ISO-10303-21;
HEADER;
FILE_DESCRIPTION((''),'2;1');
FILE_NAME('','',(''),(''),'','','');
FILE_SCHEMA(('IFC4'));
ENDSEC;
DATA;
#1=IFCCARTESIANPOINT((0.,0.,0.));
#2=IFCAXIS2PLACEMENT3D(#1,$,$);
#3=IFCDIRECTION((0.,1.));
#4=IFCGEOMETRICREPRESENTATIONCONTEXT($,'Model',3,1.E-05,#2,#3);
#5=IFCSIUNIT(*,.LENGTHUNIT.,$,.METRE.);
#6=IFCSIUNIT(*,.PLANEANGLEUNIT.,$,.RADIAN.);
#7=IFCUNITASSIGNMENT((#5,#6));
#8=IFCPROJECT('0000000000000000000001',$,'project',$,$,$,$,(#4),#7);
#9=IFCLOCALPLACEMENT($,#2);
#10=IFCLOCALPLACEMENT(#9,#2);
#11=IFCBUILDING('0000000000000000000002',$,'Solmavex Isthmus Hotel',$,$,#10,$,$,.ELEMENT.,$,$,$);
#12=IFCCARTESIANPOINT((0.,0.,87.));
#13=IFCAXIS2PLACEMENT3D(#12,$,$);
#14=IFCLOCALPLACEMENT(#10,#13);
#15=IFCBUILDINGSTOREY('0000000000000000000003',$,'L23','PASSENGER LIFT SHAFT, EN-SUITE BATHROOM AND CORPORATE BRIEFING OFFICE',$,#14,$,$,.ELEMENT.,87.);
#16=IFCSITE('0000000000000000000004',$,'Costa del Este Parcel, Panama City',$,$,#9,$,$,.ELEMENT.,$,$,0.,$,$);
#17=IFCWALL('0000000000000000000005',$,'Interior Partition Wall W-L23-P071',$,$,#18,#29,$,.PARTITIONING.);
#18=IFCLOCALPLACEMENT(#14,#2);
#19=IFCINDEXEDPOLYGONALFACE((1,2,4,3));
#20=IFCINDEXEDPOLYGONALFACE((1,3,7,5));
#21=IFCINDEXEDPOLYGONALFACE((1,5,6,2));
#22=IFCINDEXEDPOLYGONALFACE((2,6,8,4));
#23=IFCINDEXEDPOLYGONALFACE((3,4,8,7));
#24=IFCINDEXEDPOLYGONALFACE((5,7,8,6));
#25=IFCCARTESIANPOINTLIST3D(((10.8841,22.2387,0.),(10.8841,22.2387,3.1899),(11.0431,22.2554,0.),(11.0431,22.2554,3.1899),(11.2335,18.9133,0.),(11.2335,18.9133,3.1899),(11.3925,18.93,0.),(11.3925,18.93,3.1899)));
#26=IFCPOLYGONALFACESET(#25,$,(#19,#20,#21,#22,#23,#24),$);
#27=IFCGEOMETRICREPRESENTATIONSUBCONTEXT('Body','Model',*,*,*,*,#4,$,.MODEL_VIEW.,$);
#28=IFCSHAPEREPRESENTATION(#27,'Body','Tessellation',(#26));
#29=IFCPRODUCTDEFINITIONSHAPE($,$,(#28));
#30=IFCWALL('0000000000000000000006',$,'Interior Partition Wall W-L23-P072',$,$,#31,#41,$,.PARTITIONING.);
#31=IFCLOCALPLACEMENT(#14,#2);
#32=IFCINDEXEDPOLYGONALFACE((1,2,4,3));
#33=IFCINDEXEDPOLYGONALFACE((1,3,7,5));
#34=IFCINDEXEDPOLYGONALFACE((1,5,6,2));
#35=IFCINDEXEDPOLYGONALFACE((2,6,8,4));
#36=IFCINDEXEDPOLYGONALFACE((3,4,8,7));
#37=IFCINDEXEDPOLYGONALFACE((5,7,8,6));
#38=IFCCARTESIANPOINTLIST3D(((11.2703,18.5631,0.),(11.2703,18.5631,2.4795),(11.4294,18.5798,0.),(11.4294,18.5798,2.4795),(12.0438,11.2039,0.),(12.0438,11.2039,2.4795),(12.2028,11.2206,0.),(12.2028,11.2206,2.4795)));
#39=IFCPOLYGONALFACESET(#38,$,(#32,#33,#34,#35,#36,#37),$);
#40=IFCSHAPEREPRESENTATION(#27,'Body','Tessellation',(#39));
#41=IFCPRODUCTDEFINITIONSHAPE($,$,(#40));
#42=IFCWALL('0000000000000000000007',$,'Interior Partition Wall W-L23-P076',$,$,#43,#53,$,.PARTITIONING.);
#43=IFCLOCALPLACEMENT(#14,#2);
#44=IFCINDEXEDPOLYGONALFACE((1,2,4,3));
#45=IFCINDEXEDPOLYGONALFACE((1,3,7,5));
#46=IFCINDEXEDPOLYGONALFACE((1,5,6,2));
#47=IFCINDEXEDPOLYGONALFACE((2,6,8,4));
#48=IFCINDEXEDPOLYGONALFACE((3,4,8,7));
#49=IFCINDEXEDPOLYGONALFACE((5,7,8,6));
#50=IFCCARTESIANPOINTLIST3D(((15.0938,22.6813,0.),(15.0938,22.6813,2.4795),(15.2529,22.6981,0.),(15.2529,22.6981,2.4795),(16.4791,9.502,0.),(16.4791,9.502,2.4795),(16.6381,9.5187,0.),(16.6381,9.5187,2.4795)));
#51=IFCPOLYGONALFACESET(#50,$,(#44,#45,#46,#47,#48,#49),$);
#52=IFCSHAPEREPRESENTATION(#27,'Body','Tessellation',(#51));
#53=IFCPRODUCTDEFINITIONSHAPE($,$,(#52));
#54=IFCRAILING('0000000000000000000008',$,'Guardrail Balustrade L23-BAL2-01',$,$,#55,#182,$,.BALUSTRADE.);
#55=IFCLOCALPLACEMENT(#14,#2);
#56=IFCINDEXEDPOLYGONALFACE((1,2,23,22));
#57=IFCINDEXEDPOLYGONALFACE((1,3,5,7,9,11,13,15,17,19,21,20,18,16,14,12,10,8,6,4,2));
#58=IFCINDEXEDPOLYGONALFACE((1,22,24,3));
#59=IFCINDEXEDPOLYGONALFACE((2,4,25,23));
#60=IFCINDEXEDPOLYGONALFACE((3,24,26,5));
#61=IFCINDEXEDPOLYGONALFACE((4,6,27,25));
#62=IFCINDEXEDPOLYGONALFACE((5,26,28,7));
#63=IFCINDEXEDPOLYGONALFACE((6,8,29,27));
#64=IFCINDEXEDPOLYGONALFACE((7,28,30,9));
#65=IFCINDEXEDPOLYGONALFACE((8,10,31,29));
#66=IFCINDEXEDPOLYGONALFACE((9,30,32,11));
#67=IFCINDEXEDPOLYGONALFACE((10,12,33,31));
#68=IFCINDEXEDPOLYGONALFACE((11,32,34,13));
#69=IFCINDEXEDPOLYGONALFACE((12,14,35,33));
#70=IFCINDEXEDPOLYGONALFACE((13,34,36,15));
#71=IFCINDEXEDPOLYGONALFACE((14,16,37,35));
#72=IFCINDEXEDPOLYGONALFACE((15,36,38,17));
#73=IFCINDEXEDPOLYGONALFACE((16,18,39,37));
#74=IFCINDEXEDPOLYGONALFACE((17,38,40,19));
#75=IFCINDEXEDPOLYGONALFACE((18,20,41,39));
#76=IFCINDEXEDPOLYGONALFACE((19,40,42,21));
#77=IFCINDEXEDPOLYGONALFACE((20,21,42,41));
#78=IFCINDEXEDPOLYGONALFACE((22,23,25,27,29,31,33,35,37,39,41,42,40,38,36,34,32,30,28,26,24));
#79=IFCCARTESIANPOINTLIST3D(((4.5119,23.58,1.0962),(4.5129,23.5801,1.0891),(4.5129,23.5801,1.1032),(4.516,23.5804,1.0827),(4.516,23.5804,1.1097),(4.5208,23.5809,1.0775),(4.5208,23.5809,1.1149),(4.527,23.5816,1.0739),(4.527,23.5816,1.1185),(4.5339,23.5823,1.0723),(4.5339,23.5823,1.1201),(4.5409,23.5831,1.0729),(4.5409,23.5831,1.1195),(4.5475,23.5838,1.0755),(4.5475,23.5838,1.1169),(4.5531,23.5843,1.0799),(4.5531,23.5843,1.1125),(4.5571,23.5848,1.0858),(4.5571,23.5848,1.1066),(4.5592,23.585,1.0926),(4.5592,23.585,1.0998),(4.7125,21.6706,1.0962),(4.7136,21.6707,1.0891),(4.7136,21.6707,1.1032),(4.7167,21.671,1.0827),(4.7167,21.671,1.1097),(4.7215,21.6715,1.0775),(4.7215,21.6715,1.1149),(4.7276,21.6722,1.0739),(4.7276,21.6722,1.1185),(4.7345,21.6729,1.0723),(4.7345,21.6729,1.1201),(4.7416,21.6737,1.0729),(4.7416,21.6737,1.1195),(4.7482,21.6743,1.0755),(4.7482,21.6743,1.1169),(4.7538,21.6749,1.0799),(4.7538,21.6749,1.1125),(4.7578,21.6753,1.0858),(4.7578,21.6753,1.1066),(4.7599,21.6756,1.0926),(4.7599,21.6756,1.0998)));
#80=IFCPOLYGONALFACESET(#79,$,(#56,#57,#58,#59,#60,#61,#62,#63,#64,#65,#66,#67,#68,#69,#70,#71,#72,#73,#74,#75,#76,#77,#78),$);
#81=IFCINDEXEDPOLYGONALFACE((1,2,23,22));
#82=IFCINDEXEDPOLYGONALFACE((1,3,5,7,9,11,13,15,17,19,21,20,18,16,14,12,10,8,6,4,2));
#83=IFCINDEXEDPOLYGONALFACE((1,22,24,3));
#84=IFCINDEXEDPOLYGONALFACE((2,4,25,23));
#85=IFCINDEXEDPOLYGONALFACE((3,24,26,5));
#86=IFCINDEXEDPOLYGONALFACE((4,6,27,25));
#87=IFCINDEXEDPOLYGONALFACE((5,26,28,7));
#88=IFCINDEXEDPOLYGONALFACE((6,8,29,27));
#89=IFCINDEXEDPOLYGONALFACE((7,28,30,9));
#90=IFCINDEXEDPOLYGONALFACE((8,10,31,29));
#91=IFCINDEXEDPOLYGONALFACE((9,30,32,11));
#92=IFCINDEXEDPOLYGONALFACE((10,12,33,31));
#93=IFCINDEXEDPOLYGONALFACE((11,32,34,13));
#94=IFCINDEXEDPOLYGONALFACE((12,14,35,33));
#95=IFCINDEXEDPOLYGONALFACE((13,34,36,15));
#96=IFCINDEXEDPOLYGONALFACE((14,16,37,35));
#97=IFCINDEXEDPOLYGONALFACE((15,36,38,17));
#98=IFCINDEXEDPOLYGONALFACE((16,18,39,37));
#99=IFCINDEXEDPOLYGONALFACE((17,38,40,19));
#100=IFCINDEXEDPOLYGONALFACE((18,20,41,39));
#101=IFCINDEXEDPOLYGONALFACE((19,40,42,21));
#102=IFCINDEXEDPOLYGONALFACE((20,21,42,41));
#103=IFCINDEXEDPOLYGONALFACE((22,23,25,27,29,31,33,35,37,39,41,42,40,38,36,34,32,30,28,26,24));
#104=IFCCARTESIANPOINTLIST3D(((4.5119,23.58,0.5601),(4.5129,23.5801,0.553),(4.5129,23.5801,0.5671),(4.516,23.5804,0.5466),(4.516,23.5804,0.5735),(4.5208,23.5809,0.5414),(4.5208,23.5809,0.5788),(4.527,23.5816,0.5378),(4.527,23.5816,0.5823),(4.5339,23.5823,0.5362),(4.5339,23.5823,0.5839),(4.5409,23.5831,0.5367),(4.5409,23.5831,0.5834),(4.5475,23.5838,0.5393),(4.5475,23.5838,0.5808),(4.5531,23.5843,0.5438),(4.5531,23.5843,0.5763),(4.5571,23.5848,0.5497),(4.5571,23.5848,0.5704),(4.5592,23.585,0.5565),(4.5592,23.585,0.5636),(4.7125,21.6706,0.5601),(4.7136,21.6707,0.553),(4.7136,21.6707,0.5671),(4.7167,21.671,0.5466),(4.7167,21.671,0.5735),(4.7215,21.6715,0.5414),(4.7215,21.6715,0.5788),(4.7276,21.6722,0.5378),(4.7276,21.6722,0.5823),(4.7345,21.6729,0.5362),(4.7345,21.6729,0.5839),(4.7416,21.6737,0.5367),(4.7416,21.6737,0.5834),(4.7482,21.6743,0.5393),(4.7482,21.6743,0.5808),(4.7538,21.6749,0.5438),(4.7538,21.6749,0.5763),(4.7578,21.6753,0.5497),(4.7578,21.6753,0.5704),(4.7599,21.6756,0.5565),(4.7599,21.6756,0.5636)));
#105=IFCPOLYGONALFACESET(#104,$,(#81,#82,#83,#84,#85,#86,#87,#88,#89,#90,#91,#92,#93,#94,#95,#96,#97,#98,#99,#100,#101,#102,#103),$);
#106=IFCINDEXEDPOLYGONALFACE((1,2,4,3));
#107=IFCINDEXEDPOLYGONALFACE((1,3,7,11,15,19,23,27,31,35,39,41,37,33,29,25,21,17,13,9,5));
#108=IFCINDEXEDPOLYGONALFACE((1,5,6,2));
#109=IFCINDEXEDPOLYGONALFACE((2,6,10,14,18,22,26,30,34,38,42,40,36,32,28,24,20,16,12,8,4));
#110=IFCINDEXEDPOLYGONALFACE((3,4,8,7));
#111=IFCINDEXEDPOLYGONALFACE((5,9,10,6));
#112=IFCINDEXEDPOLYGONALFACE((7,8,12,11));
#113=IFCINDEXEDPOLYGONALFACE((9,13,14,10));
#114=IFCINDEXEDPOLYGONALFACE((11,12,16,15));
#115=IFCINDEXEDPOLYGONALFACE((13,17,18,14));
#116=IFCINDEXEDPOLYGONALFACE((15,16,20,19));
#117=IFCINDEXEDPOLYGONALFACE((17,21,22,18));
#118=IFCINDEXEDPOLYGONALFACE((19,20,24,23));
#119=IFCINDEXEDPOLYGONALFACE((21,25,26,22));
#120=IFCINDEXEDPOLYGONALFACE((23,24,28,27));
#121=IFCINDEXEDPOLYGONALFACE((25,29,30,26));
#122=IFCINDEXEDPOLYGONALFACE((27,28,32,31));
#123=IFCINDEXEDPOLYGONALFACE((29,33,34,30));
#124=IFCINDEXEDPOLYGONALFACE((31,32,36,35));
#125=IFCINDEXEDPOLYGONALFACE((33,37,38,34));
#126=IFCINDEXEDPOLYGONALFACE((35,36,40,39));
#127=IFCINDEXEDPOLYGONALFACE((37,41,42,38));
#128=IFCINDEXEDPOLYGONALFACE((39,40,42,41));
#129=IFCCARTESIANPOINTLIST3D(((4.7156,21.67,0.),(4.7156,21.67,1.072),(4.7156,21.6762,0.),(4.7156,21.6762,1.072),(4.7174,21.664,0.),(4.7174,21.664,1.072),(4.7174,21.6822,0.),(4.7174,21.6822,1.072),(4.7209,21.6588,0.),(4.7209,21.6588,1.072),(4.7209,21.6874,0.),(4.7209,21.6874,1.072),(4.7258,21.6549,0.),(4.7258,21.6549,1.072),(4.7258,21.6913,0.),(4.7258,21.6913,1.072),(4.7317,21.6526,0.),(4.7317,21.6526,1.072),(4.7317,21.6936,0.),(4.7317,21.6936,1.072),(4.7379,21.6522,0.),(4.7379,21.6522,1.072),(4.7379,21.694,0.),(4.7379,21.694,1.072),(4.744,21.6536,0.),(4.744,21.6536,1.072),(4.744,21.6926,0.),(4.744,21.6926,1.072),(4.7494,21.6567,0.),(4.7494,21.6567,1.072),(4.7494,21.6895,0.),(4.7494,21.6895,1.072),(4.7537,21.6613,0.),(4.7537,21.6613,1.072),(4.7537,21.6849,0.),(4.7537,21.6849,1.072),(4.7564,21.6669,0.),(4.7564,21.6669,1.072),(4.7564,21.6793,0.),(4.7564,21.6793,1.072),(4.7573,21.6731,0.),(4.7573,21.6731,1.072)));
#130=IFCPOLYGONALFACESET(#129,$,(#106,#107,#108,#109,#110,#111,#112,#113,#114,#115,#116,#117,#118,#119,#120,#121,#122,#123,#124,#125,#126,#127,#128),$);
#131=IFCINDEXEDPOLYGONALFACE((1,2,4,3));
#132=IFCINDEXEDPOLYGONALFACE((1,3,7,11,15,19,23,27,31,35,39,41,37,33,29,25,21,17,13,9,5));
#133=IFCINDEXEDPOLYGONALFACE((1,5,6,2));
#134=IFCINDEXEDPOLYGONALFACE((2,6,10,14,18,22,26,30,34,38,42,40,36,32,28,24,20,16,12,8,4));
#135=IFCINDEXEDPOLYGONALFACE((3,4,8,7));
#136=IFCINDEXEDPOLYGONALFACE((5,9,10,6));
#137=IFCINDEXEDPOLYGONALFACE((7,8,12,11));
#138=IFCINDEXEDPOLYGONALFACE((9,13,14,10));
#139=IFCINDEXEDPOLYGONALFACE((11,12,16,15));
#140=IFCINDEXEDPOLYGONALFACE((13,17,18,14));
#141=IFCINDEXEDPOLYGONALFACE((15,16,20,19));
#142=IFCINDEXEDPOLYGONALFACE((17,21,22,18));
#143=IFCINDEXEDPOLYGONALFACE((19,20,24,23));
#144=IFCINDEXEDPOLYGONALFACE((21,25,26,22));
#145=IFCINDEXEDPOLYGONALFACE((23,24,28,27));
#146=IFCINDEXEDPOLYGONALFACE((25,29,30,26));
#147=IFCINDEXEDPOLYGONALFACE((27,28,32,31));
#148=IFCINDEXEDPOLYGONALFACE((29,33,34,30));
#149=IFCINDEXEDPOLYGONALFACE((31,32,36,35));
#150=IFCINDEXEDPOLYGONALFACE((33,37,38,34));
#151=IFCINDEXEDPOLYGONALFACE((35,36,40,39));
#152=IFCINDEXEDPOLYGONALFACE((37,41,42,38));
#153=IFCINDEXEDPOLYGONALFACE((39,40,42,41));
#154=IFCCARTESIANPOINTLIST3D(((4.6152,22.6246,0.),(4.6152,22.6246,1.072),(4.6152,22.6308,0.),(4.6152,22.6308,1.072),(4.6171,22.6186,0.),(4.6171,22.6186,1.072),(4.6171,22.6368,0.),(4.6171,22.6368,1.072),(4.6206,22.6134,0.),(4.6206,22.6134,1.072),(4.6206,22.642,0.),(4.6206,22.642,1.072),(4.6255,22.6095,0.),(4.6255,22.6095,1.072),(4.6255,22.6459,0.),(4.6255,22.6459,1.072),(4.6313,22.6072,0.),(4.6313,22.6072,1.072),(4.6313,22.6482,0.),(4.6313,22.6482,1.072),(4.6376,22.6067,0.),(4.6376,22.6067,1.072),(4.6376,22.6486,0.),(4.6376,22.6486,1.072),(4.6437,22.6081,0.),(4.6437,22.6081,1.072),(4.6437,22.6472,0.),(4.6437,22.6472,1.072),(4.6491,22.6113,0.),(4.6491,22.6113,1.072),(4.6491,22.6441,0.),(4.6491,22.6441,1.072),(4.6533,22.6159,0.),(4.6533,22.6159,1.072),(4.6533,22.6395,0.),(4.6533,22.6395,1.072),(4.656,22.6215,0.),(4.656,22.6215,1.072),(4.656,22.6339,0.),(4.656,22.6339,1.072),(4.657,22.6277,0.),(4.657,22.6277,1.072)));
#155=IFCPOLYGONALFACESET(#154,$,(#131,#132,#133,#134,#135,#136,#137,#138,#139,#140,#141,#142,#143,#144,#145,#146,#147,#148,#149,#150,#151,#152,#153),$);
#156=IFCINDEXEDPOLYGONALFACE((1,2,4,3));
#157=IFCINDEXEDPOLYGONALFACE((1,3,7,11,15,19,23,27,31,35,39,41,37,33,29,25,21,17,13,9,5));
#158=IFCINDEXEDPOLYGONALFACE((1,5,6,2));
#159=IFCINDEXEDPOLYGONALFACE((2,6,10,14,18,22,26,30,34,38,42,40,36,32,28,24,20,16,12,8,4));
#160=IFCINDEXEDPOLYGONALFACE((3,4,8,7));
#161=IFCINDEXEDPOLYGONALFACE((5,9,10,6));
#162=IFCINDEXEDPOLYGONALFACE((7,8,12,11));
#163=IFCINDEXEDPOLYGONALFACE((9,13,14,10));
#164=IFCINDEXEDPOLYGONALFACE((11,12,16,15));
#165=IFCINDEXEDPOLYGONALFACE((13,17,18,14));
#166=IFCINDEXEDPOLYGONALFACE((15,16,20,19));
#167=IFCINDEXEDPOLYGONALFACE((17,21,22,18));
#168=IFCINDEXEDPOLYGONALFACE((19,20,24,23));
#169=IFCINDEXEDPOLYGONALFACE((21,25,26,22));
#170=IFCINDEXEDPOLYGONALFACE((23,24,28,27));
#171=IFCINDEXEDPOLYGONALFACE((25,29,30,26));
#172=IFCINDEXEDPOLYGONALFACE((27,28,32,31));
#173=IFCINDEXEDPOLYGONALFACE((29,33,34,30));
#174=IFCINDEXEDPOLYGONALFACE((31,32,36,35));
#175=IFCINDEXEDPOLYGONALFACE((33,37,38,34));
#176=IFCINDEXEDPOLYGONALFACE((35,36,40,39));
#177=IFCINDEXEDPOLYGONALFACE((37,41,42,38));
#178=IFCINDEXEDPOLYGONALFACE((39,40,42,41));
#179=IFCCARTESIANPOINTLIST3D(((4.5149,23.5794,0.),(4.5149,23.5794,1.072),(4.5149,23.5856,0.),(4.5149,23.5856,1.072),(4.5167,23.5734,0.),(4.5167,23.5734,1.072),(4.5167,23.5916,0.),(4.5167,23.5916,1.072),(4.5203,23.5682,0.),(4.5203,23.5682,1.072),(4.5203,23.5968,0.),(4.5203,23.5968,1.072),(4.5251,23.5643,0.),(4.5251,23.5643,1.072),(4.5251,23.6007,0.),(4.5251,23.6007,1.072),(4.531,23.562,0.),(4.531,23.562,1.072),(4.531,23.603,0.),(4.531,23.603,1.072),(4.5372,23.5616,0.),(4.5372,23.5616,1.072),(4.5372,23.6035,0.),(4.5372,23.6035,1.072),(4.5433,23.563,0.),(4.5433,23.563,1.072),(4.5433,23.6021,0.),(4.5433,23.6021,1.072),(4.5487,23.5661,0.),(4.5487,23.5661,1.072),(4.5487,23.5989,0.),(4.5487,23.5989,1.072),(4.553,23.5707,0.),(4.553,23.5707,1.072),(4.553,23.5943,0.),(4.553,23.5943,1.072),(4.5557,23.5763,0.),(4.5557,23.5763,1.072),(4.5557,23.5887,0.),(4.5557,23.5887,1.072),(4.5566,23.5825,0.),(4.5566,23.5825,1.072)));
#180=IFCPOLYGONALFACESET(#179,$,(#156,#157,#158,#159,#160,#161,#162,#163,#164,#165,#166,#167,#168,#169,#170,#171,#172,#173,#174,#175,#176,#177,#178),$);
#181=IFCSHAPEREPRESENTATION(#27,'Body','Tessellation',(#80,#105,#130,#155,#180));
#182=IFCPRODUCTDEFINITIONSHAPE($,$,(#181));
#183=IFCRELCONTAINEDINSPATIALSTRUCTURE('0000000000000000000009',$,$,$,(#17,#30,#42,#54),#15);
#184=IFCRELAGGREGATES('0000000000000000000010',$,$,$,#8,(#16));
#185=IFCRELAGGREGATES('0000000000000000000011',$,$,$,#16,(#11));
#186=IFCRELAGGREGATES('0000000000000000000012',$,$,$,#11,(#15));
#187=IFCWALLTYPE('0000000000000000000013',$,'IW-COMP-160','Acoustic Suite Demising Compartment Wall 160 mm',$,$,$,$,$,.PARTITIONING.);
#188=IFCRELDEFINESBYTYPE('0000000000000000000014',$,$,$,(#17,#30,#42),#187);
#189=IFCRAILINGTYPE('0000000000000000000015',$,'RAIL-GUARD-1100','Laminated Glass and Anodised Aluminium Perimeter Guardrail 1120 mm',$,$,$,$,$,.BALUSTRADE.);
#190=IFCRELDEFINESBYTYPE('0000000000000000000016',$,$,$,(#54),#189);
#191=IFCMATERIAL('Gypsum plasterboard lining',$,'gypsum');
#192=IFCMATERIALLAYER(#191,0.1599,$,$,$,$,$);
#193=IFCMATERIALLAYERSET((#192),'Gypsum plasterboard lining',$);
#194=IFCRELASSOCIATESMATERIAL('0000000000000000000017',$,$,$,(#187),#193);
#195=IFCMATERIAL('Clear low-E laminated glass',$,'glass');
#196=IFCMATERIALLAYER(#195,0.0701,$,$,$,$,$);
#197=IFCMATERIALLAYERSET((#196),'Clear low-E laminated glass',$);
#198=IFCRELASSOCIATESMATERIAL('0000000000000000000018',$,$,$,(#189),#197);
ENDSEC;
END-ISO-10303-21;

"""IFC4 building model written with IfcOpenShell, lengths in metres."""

from ifc_helpers import new_model, si_unit, direction, frame, frame_2d, origin, origin_2d, place, context, subcontext, project, spatial, rectangle, circle, extrude, material, layer, layer_set, type_object, element, save


model = new_model("IFC4")

# Units and contexts
model_context = context("Model", 3, precision=1e-05, world=origin(), true_north=direction((0.0, 1.0)))
body_context = subcontext(model_context, "Body", "Model", "MODEL_VIEW")
ifc_project = project(units=[si_unit("LENGTHUNIT", "METRE"), si_unit("PLANEANGLEUNIT", "RADIAN")], contexts=[model_context])

# Site, building, storey
site_placement = place(None, origin())
site = spatial("IfcSite", under=ifc_project, at=site_placement, Name="Costa del Este Parcel, Panama City", CompositionType="ELEMENT", RefElevation=0.0)
building_placement = place(site_placement, origin())
building = spatial("IfcBuilding", under=site, at=building_placement, Name="Solmavex Isthmus Hotel", CompositionType="ELEMENT")
storey_placement = place(building_placement, frame((0.0, 0.0, 87.0)))
storey = spatial("IfcBuildingStorey", under=building, at=storey_placement, Name="L23", Description="PASSENGER LIFT SHAFT, EN-SUITE BATHROOM AND CORPORATE BRIEFING OFFICE", CompositionType="ELEMENT", Elevation=87.0)

# Shared definitions
ifc_material_1 = material(Name="Clear low-E laminated glass", Category="glass")

# Walls
ifc_material_2 = material(Name="Gypsum plasterboard lining", Category="gypsum")
ifc_layer_1 = layer(ifc_material_2, 0.1599)
ifc_layer_set_1 = layer_set([ifc_layer_1], Name="Gypsum plasterboard lining")
wall_type_1 = type_object("IfcWallType", Name="IW-COMP-160", Description="Acoustic Suite Demising Compartment Wall 160 mm", PredefinedType="PARTITIONING", material=ifc_layer_set_1)
for number, where, z_axis, x_axis, name in (
    (1, (10.9636, 22.2471, 0.0), (0.0, 0.0, 1.0), (0.104483, -0.994527, 0.0), "Interior Partition Wall W-L23-P071"),
):
    element("IfcWall", number, at=place(storey_placement, frame(where, z_axis=z_axis, x_axis=x_axis)), inside=storey, type_object=wall_type_1, Name=name, PredefinedType="PARTITIONING", context=body_context, shape_type="SweptSolid", body=[
        extrude(rectangle(XDim=3.3438, YDim=0.1599, at=frame_2d((1.6719, 0.0))), origin(), (0.0, 0.0, 1.0), 3.1899),
    ])
wall_1_placement = place(storey_placement, frame((11.3499, 18.5713, 0.0), z_axis=(0.0, 0.0, 1.0), x_axis=(0.104523, -0.994522, 0.0)))
element("IfcWall", 2, at=wall_1_placement, inside=storey, type_object=wall_type_1, Name="Interior Partition Wall W-L23-P072", PredefinedType="PARTITIONING", context=body_context, shape_type="SweptSolid", body=[
    extrude(rectangle(XDim=7.3997, YDim=0.1599, at=frame_2d((3.6997, 0.0))), origin(), (0.0, 0.0, 1.0), 2.4795),
])
wall_2_placement = place(storey_placement, frame((15.1733, 22.6897, 0.0), z_axis=(0.0, 0.0, 1.0), x_axis=(0.104531, -0.994522, 0.0)))
element("IfcWall", 3, at=wall_2_placement, inside=storey, type_object=wall_type_1, Name="Interior Partition Wall W-L23-P076", PredefinedType="PARTITIONING", context=body_context, shape_type="SweptSolid", body=[
    extrude(rectangle(XDim=13.252, YDim=0.1599, at=frame_2d((6.626, 0.0))), origin(), (0.0, 0.0, 1.0), 2.4795),
])

# Railing
ifc_layer_2 = layer(ifc_material_1, 0.0701)
ifc_layer_set_2 = layer_set([ifc_layer_2], Name="Clear low-E laminated glass")
railing_type = type_object("IfcRailingType", Name="RAIL-GUARD-1100", Description="Laminated Glass and Anodised Aluminium Perimeter Guardrail 1120 mm", PredefinedType="BALUSTRADE", material=ifc_layer_set_2)
railing_1_placement = place(storey_placement, frame((4.7363, 21.6731, 0.0)))
element("IfcRailing", 4, at=railing_1_placement, inside=storey, type_object=railing_type, Name="Guardrail Balustrade L23-BAL2-01", PredefinedType="BALUSTRADE", context=body_context, shape_type="SweptSolid", body=[
    extrude(circle(Radius=0.0239, at=origin_2d()), frame((0.0, 0.0, 1.0962), z_axis=(-0.104526, 0.994522, 0.0), x_axis=(-0.994522, -0.104526, 0.0)), (0.0, 0.0, 1.0), 1.9199),
    extrude(circle(Radius=0.0239, at=origin_2d()), frame((0.0, 0.0, 0.5601), z_axis=(-0.104526, 0.994522, 0.0), x_axis=(-0.994522, -0.104526, 0.0)), (0.0, 0.0, 1.0), 1.9199),
    extrude(circle(Radius=0.021, at=origin_2d()), origin(), (0.0, 0.0, 1.0), 1.072),
    extrude(circle(Radius=0.021, at=origin_2d()), frame((-0.1003, 0.9546, 0.0)), (0.0, 0.0, 1.0), 1.072),
    extrude(circle(Radius=0.021, at=origin_2d()), frame((-0.2007, 1.9094, 0.0)), (0.0, 0.0, 1.0), 1.072),
])

save(model, "model.ifc")
